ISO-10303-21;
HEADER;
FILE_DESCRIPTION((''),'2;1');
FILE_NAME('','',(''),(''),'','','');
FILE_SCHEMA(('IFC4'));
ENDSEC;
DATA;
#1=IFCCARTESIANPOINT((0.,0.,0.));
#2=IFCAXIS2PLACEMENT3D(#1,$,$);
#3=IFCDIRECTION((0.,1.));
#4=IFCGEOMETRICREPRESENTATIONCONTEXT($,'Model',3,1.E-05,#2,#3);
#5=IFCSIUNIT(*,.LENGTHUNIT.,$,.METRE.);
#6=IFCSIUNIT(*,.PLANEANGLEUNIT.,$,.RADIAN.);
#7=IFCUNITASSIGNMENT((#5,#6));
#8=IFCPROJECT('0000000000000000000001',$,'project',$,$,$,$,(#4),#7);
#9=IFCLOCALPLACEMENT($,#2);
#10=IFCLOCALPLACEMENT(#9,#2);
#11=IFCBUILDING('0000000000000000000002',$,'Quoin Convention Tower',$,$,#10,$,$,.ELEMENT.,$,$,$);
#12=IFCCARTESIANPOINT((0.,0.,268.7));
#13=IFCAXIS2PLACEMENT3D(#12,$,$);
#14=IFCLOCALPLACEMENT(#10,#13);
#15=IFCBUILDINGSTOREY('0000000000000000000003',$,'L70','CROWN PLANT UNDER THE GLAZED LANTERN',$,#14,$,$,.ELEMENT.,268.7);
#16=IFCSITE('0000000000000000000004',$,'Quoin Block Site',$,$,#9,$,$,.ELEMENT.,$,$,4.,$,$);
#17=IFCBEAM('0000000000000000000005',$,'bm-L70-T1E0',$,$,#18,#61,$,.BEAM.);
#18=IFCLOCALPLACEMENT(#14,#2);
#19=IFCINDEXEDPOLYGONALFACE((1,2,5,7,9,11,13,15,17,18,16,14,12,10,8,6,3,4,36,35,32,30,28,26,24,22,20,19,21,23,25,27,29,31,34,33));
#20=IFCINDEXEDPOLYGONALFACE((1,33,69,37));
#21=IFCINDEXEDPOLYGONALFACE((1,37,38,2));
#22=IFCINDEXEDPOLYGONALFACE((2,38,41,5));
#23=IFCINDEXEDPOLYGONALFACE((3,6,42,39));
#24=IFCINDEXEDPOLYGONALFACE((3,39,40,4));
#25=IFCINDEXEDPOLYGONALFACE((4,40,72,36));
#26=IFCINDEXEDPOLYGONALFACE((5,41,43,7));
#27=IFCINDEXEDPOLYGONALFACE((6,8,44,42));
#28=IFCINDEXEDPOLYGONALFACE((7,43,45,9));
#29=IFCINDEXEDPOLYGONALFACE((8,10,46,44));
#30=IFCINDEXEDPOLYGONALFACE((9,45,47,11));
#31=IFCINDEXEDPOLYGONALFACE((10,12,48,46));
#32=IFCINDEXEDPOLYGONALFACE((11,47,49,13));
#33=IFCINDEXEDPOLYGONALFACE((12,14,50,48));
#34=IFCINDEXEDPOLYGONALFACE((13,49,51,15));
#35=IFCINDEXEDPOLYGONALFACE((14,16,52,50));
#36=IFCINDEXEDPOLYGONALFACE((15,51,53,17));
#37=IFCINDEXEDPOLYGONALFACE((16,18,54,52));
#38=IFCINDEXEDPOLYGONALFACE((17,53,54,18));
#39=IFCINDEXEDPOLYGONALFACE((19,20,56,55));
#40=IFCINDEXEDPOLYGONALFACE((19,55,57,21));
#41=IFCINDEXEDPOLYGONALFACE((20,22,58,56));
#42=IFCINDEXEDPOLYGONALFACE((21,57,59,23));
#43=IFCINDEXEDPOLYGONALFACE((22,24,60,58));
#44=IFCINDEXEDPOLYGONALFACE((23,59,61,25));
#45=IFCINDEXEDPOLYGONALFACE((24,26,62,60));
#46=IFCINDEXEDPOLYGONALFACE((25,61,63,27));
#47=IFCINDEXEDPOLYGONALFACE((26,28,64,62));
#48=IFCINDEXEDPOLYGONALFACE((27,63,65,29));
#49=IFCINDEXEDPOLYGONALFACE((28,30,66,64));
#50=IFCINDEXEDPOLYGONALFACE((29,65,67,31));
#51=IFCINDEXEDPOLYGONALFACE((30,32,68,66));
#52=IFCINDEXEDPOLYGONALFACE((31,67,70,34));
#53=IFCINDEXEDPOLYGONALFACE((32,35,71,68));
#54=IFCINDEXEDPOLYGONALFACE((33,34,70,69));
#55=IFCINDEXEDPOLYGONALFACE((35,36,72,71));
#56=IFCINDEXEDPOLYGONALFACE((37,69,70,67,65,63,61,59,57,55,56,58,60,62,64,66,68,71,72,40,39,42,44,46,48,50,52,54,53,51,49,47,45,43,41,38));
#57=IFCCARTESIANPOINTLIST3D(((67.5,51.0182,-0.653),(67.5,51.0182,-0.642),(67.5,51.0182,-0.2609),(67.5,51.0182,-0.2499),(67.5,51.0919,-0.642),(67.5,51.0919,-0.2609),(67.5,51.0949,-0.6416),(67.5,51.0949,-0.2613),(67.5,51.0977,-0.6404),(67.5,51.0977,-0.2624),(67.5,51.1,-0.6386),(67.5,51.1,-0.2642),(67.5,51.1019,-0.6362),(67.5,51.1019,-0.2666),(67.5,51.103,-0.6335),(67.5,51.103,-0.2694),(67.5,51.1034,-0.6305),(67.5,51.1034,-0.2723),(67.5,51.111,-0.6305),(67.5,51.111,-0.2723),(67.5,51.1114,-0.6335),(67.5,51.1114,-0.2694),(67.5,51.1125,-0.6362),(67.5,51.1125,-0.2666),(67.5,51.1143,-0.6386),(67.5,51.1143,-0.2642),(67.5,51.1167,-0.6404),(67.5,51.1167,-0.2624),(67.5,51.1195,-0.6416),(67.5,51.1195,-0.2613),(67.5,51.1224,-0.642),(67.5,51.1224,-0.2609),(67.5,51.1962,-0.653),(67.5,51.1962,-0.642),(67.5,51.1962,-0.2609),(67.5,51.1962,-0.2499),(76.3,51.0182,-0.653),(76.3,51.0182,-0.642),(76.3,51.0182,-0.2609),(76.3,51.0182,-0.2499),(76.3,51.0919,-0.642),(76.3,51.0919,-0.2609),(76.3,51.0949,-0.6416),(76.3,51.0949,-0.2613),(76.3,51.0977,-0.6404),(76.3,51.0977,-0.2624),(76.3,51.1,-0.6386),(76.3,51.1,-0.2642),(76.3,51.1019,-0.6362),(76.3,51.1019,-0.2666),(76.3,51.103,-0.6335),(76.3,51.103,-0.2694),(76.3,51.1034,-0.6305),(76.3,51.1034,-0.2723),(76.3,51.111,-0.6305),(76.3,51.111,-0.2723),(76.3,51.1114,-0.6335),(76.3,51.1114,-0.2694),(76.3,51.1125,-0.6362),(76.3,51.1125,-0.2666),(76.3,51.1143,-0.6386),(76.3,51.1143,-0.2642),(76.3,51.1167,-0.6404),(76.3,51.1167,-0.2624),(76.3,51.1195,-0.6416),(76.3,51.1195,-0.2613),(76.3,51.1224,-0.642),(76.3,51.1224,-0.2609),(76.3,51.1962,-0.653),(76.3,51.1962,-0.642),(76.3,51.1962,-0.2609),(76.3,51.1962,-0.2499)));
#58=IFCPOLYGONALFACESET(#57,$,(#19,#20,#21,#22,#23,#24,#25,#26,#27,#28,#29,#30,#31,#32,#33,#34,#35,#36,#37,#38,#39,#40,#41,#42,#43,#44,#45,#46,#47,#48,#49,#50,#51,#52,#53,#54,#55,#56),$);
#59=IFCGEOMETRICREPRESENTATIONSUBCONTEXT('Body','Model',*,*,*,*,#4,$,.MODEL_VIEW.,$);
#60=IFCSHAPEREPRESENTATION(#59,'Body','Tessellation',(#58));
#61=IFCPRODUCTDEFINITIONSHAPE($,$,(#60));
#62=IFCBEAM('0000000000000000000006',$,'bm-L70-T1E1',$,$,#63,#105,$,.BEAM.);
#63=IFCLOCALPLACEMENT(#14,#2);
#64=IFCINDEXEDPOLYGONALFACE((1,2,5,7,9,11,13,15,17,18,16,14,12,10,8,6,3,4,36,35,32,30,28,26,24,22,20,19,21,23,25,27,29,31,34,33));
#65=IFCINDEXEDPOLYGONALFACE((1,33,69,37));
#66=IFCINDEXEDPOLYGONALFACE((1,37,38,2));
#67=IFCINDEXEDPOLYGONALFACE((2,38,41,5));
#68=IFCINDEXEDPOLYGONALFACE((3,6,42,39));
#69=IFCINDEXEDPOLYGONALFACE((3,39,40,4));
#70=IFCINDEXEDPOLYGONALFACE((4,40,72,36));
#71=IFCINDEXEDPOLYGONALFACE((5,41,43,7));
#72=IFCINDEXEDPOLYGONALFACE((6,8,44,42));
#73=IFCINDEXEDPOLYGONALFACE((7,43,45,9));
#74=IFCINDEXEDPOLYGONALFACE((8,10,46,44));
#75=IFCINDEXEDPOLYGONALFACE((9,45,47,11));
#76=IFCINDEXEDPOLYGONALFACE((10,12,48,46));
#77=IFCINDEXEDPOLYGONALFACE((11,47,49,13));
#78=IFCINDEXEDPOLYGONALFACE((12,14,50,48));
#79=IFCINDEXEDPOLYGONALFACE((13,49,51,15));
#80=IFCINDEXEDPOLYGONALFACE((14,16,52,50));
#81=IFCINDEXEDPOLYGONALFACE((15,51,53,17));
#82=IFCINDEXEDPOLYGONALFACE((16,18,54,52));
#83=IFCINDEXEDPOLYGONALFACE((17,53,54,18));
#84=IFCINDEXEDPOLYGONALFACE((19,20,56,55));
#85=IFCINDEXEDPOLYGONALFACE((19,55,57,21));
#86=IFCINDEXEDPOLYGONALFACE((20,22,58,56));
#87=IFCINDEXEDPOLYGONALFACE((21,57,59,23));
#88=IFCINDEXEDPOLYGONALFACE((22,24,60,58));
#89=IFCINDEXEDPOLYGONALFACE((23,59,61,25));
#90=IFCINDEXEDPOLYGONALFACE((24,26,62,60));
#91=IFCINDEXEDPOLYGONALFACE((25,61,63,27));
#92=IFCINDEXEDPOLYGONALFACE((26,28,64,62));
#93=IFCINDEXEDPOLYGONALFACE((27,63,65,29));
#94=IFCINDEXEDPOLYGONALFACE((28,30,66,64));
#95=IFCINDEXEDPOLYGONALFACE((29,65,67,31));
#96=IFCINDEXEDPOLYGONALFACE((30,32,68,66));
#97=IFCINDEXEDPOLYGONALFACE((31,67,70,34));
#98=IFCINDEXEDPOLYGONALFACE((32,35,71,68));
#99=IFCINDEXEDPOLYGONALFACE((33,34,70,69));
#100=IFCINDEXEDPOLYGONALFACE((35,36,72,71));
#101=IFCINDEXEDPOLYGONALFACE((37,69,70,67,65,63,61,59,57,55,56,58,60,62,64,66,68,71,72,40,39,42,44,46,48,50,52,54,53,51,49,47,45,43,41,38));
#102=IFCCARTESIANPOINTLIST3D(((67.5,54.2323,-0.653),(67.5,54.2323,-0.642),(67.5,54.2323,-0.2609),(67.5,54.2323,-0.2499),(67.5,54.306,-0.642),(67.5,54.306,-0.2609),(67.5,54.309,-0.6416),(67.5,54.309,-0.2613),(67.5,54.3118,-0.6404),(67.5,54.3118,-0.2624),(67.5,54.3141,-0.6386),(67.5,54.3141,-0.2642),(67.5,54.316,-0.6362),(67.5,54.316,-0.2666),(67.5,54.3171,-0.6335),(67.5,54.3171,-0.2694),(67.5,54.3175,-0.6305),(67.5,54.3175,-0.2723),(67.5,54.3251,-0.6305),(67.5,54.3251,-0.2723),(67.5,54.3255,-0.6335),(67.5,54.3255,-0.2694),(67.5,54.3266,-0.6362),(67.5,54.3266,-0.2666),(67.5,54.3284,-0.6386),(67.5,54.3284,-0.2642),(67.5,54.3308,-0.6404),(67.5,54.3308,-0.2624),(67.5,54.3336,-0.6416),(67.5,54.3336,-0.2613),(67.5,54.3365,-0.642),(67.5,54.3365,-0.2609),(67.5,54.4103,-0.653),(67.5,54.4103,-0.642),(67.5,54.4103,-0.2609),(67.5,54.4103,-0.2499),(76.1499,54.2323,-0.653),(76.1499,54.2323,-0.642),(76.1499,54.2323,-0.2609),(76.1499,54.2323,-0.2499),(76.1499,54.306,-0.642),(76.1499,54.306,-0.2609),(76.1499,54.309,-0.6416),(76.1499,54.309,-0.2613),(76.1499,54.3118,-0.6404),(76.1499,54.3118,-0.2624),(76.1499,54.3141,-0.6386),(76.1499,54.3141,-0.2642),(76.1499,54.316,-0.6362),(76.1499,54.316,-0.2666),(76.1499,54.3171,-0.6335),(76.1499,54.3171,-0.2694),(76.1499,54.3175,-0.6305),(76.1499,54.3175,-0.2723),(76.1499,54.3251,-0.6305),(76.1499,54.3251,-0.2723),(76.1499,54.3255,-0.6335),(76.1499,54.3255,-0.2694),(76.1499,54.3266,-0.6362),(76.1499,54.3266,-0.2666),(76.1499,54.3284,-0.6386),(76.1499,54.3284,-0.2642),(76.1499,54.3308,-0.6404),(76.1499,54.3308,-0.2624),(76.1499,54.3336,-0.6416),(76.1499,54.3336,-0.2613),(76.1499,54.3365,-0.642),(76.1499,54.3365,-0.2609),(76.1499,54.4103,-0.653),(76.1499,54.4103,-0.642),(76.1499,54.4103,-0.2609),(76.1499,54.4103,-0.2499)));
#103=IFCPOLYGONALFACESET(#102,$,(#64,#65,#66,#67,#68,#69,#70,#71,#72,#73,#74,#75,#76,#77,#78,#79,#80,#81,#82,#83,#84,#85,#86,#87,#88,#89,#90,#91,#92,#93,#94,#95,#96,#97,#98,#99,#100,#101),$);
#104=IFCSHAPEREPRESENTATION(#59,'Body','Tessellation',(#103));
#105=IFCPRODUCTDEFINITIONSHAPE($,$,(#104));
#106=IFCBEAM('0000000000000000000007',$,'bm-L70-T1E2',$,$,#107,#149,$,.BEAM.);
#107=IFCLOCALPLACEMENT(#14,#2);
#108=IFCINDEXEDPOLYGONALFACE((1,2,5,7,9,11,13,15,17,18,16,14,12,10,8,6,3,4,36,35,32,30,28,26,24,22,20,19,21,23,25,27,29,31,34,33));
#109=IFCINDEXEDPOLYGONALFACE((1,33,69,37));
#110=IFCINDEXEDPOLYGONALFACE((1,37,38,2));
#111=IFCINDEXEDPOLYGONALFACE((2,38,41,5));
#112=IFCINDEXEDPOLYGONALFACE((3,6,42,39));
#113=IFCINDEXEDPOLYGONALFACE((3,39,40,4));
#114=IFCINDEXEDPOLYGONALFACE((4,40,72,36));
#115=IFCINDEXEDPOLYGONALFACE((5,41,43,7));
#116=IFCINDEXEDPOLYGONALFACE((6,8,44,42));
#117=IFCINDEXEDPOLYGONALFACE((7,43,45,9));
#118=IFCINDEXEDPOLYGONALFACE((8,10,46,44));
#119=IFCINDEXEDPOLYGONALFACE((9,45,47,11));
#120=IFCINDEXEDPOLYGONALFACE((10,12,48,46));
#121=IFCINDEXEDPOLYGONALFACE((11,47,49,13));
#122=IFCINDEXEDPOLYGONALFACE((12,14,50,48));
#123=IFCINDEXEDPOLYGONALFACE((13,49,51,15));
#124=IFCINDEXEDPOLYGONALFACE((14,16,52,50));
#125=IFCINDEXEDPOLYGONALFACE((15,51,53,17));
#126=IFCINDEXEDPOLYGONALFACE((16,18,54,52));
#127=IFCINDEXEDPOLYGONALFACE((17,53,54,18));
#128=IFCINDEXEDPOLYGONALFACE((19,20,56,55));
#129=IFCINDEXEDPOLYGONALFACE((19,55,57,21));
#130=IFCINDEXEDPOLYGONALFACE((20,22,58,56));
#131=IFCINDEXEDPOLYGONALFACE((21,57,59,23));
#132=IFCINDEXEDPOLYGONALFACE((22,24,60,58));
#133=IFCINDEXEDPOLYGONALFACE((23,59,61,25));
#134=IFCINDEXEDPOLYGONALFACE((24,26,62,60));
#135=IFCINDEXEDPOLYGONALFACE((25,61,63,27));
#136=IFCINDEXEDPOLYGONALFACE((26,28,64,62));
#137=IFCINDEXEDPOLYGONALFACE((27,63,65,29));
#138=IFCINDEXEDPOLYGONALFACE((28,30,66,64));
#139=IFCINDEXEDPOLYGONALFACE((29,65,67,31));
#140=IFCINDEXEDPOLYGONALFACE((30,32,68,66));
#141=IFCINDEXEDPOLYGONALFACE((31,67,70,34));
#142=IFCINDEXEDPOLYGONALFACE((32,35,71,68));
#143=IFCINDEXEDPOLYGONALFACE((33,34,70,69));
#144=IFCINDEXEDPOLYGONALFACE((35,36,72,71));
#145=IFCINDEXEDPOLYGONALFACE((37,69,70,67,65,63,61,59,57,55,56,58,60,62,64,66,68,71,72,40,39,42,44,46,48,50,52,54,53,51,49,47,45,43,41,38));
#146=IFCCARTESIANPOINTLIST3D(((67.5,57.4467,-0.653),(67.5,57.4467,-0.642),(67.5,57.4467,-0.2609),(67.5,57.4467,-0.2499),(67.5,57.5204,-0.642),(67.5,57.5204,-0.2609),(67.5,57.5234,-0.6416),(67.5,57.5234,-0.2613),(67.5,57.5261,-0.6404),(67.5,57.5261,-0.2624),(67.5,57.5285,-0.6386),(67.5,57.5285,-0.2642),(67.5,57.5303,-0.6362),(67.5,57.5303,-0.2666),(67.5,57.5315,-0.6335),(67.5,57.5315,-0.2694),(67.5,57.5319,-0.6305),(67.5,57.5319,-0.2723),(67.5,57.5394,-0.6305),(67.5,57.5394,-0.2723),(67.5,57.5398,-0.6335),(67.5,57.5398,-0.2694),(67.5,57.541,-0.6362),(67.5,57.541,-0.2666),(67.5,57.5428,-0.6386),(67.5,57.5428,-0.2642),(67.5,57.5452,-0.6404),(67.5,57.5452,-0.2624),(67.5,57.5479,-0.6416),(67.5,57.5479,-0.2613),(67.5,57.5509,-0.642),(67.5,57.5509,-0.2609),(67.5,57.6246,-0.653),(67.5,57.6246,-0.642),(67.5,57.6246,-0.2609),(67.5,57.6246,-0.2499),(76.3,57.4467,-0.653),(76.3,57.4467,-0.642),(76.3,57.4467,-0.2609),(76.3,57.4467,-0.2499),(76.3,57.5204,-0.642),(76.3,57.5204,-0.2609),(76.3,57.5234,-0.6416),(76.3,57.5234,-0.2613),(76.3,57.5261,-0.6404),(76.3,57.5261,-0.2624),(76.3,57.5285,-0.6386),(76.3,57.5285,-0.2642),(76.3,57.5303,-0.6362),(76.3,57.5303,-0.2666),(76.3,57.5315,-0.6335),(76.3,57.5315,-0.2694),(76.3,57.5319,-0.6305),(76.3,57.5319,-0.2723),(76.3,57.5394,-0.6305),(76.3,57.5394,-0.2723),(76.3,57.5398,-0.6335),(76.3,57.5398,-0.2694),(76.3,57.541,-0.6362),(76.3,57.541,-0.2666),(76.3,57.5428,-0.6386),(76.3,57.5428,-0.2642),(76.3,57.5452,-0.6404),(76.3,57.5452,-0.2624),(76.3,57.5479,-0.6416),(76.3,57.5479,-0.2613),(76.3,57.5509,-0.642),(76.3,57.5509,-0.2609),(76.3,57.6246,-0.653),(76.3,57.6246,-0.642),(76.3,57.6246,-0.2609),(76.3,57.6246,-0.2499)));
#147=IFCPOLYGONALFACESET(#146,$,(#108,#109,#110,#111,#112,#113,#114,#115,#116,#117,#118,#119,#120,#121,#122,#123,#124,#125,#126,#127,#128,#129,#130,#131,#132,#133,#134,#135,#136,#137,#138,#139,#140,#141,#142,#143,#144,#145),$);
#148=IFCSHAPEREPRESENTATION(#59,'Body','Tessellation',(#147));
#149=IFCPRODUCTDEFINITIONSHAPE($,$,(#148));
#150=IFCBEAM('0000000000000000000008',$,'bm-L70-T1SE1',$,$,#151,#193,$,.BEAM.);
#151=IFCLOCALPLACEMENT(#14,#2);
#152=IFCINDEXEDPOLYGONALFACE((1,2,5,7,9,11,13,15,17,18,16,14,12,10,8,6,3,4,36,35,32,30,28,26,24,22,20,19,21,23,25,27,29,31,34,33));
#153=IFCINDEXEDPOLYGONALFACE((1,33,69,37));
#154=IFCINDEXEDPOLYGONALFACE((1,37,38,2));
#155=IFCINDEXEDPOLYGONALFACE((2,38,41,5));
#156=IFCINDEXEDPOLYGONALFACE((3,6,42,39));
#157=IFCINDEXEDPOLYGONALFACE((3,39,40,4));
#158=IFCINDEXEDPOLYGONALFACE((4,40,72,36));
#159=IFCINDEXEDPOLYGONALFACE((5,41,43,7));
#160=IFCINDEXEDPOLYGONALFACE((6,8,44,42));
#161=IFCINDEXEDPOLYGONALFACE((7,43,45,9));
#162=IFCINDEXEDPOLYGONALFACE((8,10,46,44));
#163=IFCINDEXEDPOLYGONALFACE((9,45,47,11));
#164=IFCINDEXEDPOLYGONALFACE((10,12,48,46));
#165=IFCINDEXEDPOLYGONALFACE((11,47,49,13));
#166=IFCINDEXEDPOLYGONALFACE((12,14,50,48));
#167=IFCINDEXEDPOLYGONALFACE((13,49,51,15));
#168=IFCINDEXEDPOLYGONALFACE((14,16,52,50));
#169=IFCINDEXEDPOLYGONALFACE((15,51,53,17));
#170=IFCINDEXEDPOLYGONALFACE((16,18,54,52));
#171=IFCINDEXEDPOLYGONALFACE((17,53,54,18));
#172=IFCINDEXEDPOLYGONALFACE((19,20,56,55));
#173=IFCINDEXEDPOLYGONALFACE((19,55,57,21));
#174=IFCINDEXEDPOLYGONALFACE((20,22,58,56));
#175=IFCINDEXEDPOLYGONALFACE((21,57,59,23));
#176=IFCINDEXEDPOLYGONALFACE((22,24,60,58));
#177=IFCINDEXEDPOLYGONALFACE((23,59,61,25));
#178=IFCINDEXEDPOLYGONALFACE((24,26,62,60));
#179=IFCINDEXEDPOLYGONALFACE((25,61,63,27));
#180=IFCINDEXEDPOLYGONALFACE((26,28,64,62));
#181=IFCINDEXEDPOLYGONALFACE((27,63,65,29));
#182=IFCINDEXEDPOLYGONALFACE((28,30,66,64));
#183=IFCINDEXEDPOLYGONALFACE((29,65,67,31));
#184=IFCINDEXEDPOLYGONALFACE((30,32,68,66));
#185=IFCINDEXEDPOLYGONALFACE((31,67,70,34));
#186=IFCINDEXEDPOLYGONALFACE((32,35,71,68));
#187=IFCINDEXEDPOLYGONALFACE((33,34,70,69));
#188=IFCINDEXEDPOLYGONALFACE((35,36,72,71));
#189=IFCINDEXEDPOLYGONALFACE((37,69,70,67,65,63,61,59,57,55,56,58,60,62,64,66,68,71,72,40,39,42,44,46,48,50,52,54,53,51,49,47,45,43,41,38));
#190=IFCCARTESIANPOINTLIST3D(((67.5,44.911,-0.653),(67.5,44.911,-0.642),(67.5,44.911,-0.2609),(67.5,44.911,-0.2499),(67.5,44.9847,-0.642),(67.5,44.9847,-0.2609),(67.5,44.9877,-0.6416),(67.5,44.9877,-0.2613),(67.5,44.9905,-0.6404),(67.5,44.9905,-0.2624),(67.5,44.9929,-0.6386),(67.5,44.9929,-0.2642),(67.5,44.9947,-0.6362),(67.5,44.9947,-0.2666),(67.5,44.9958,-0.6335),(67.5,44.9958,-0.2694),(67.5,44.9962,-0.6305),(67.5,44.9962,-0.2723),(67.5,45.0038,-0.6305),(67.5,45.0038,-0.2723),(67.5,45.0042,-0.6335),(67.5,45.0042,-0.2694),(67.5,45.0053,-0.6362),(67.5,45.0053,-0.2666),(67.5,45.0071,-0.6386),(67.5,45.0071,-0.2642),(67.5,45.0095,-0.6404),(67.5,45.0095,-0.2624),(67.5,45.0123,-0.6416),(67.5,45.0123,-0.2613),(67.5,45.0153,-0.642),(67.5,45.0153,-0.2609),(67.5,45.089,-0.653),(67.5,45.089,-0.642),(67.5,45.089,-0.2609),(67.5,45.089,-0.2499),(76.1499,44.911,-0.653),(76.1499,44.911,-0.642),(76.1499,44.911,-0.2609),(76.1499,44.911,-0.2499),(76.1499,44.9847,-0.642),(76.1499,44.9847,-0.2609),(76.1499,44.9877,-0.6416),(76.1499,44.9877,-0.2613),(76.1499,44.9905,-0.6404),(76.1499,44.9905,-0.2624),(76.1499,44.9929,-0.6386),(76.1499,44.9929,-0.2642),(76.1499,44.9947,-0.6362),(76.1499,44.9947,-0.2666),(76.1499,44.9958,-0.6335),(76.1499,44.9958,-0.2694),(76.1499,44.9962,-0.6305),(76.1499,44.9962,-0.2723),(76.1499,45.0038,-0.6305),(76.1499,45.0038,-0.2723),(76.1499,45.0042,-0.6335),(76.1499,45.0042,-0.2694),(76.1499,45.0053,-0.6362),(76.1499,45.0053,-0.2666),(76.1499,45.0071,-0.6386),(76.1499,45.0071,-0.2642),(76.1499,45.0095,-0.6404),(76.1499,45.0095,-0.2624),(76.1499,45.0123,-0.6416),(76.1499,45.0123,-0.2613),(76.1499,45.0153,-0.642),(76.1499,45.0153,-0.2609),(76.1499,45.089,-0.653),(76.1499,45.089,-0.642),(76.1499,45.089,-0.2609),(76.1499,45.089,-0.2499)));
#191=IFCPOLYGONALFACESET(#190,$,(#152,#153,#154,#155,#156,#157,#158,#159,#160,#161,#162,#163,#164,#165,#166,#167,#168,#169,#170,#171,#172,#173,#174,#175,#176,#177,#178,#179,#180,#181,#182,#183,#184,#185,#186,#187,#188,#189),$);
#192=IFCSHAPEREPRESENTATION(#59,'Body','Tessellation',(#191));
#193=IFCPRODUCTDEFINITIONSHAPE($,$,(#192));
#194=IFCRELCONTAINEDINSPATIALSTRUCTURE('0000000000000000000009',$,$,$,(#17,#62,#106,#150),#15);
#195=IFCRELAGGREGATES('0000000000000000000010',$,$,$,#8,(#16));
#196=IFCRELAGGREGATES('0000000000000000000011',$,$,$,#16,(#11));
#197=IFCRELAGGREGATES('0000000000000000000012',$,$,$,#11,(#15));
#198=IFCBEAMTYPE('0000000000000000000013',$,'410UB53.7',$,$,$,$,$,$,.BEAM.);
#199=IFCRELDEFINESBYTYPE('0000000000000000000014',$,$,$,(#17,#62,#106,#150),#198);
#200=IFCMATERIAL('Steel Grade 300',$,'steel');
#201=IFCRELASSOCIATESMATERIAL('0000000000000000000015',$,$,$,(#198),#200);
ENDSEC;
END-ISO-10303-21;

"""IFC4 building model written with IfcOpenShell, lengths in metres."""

from ifc_helpers import new_model, si_unit, direction, frame, origin, origin_2d, place, context, subcontext, project, spatial, i_section, extrude, material, material_profile, profile_set, type_object, element, save


model = new_model("IFC4")

# Units and contexts
model_context = context("Model", 3, precision=1e-05, world=origin(), true_north=direction((0.0, 1.0)))
body_context = subcontext(model_context, "Body", "Model", "MODEL_VIEW")
ifc_project = project(units=[si_unit("LENGTHUNIT", "METRE"), si_unit("PLANEANGLEUNIT", "RADIAN")], contexts=[model_context])

# Site, building, storey
site_placement = place(None, origin())
site = spatial("IfcSite", under=ifc_project, at=site_placement, Name="Quoin Block Site", CompositionType="ELEMENT", RefElevation=4.0)
building_placement = place(site_placement, origin())
building = spatial("IfcBuilding", under=site, at=building_placement, Name="Quoin Convention Tower", CompositionType="ELEMENT")
storey_placement = place(building_placement, frame((0.0, 0.0, 268.7)))
storey = spatial("IfcBuildingStorey", under=building, at=storey_placement, Name="L70", Description="CROWN PLANT UNDER THE GLAZED LANTERN", CompositionType="ELEMENT", Elevation=268.7)

# Beams
ifc_material_1 = material(Name="Steel Grade 300", Category="steel")
ifc_material_profile_1 = material_profile(ifc_material_1, i_section(OverallWidth=0.178, OverallDepth=0.4031, WebThickness=0.0076, FlangeThickness=0.011, FilletRadius=0.0115, at=origin_2d()), Name="410UB53.7")
ifc_profile_set_1 = profile_set([ifc_material_profile_1], Name="Steel Grade 300")
beam_type_1 = type_object("IfcBeamType", Name="410UB53.7", PredefinedType="BEAM", material=ifc_profile_set_1)
beam_1_placement = place(storey_placement, frame((67.5, 51.1072, -0.4514), z_axis=(1.0, 0.0, 0.0), x_axis=(0.0, 1.0, 0.0)))
element("IfcBeam", 1, at=beam_1_placement, inside=storey, type_object=beam_type_1, Name="bm-L70-T1E0", PredefinedType="BEAM", context=body_context, shape_type="SweptSolid", body=[
    extrude(i_section(OverallWidth=0.178, OverallDepth=0.4031, WebThickness=0.0076, FlangeThickness=0.011, FilletRadius=0.0115, at=origin_2d()), origin(), (0.0, 0.0, 1.0), 8.8),
])
beam_2_placement = place(storey_placement, frame((67.5, 54.3213, -0.4514), z_axis=(1.0, 0.0, 0.0), x_axis=(0.0, 1.0, 0.0)))
element("IfcBeam", 2, at=beam_2_placement, inside=storey, type_object=beam_type_1, Name="bm-L70-T1E1", PredefinedType="BEAM", context=body_context, shape_type="SweptSolid", body=[
    extrude(i_section(OverallWidth=0.178, OverallDepth=0.4031, WebThickness=0.0076, FlangeThickness=0.011, FilletRadius=0.0115, at=origin_2d()), origin(), (0.0, 0.0, 1.0), 8.6499),
])
beam_3_placement = place(storey_placement, frame((67.5, 57.5356, -0.4514), z_axis=(1.0, 0.0, 0.0), x_axis=(0.0, 1.0, 0.0)))
element("IfcBeam", 3, at=beam_3_placement, inside=storey, type_object=beam_type_1, Name="bm-L70-T1E2", PredefinedType="BEAM", context=body_context, shape_type="SweptSolid", body=[
    extrude(i_section(OverallWidth=0.178, OverallDepth=0.4031, WebThickness=0.0076, FlangeThickness=0.011, FilletRadius=0.0115, at=origin_2d()), origin(), (0.0, 0.0, 1.0), 8.8),
])
beam_4_placement = place(storey_placement, frame((67.5, 45.0, -0.4514), z_axis=(1.0, 0.0, 0.0), x_axis=(0.0, 1.0, 0.0)))
element("IfcBeam", 4, at=beam_4_placement, inside=storey, type_object=beam_type_1, Name="bm-L70-T1SE1", PredefinedType="BEAM", context=body_context, shape_type="SweptSolid", body=[
    extrude(i_section(OverallWidth=0.178, OverallDepth=0.4031, WebThickness=0.0076, FlangeThickness=0.011, FilletRadius=0.0115, at=origin_2d()), origin(), (0.0, 0.0, 1.0), 8.6499),
])

save(model, "model.ifc")
